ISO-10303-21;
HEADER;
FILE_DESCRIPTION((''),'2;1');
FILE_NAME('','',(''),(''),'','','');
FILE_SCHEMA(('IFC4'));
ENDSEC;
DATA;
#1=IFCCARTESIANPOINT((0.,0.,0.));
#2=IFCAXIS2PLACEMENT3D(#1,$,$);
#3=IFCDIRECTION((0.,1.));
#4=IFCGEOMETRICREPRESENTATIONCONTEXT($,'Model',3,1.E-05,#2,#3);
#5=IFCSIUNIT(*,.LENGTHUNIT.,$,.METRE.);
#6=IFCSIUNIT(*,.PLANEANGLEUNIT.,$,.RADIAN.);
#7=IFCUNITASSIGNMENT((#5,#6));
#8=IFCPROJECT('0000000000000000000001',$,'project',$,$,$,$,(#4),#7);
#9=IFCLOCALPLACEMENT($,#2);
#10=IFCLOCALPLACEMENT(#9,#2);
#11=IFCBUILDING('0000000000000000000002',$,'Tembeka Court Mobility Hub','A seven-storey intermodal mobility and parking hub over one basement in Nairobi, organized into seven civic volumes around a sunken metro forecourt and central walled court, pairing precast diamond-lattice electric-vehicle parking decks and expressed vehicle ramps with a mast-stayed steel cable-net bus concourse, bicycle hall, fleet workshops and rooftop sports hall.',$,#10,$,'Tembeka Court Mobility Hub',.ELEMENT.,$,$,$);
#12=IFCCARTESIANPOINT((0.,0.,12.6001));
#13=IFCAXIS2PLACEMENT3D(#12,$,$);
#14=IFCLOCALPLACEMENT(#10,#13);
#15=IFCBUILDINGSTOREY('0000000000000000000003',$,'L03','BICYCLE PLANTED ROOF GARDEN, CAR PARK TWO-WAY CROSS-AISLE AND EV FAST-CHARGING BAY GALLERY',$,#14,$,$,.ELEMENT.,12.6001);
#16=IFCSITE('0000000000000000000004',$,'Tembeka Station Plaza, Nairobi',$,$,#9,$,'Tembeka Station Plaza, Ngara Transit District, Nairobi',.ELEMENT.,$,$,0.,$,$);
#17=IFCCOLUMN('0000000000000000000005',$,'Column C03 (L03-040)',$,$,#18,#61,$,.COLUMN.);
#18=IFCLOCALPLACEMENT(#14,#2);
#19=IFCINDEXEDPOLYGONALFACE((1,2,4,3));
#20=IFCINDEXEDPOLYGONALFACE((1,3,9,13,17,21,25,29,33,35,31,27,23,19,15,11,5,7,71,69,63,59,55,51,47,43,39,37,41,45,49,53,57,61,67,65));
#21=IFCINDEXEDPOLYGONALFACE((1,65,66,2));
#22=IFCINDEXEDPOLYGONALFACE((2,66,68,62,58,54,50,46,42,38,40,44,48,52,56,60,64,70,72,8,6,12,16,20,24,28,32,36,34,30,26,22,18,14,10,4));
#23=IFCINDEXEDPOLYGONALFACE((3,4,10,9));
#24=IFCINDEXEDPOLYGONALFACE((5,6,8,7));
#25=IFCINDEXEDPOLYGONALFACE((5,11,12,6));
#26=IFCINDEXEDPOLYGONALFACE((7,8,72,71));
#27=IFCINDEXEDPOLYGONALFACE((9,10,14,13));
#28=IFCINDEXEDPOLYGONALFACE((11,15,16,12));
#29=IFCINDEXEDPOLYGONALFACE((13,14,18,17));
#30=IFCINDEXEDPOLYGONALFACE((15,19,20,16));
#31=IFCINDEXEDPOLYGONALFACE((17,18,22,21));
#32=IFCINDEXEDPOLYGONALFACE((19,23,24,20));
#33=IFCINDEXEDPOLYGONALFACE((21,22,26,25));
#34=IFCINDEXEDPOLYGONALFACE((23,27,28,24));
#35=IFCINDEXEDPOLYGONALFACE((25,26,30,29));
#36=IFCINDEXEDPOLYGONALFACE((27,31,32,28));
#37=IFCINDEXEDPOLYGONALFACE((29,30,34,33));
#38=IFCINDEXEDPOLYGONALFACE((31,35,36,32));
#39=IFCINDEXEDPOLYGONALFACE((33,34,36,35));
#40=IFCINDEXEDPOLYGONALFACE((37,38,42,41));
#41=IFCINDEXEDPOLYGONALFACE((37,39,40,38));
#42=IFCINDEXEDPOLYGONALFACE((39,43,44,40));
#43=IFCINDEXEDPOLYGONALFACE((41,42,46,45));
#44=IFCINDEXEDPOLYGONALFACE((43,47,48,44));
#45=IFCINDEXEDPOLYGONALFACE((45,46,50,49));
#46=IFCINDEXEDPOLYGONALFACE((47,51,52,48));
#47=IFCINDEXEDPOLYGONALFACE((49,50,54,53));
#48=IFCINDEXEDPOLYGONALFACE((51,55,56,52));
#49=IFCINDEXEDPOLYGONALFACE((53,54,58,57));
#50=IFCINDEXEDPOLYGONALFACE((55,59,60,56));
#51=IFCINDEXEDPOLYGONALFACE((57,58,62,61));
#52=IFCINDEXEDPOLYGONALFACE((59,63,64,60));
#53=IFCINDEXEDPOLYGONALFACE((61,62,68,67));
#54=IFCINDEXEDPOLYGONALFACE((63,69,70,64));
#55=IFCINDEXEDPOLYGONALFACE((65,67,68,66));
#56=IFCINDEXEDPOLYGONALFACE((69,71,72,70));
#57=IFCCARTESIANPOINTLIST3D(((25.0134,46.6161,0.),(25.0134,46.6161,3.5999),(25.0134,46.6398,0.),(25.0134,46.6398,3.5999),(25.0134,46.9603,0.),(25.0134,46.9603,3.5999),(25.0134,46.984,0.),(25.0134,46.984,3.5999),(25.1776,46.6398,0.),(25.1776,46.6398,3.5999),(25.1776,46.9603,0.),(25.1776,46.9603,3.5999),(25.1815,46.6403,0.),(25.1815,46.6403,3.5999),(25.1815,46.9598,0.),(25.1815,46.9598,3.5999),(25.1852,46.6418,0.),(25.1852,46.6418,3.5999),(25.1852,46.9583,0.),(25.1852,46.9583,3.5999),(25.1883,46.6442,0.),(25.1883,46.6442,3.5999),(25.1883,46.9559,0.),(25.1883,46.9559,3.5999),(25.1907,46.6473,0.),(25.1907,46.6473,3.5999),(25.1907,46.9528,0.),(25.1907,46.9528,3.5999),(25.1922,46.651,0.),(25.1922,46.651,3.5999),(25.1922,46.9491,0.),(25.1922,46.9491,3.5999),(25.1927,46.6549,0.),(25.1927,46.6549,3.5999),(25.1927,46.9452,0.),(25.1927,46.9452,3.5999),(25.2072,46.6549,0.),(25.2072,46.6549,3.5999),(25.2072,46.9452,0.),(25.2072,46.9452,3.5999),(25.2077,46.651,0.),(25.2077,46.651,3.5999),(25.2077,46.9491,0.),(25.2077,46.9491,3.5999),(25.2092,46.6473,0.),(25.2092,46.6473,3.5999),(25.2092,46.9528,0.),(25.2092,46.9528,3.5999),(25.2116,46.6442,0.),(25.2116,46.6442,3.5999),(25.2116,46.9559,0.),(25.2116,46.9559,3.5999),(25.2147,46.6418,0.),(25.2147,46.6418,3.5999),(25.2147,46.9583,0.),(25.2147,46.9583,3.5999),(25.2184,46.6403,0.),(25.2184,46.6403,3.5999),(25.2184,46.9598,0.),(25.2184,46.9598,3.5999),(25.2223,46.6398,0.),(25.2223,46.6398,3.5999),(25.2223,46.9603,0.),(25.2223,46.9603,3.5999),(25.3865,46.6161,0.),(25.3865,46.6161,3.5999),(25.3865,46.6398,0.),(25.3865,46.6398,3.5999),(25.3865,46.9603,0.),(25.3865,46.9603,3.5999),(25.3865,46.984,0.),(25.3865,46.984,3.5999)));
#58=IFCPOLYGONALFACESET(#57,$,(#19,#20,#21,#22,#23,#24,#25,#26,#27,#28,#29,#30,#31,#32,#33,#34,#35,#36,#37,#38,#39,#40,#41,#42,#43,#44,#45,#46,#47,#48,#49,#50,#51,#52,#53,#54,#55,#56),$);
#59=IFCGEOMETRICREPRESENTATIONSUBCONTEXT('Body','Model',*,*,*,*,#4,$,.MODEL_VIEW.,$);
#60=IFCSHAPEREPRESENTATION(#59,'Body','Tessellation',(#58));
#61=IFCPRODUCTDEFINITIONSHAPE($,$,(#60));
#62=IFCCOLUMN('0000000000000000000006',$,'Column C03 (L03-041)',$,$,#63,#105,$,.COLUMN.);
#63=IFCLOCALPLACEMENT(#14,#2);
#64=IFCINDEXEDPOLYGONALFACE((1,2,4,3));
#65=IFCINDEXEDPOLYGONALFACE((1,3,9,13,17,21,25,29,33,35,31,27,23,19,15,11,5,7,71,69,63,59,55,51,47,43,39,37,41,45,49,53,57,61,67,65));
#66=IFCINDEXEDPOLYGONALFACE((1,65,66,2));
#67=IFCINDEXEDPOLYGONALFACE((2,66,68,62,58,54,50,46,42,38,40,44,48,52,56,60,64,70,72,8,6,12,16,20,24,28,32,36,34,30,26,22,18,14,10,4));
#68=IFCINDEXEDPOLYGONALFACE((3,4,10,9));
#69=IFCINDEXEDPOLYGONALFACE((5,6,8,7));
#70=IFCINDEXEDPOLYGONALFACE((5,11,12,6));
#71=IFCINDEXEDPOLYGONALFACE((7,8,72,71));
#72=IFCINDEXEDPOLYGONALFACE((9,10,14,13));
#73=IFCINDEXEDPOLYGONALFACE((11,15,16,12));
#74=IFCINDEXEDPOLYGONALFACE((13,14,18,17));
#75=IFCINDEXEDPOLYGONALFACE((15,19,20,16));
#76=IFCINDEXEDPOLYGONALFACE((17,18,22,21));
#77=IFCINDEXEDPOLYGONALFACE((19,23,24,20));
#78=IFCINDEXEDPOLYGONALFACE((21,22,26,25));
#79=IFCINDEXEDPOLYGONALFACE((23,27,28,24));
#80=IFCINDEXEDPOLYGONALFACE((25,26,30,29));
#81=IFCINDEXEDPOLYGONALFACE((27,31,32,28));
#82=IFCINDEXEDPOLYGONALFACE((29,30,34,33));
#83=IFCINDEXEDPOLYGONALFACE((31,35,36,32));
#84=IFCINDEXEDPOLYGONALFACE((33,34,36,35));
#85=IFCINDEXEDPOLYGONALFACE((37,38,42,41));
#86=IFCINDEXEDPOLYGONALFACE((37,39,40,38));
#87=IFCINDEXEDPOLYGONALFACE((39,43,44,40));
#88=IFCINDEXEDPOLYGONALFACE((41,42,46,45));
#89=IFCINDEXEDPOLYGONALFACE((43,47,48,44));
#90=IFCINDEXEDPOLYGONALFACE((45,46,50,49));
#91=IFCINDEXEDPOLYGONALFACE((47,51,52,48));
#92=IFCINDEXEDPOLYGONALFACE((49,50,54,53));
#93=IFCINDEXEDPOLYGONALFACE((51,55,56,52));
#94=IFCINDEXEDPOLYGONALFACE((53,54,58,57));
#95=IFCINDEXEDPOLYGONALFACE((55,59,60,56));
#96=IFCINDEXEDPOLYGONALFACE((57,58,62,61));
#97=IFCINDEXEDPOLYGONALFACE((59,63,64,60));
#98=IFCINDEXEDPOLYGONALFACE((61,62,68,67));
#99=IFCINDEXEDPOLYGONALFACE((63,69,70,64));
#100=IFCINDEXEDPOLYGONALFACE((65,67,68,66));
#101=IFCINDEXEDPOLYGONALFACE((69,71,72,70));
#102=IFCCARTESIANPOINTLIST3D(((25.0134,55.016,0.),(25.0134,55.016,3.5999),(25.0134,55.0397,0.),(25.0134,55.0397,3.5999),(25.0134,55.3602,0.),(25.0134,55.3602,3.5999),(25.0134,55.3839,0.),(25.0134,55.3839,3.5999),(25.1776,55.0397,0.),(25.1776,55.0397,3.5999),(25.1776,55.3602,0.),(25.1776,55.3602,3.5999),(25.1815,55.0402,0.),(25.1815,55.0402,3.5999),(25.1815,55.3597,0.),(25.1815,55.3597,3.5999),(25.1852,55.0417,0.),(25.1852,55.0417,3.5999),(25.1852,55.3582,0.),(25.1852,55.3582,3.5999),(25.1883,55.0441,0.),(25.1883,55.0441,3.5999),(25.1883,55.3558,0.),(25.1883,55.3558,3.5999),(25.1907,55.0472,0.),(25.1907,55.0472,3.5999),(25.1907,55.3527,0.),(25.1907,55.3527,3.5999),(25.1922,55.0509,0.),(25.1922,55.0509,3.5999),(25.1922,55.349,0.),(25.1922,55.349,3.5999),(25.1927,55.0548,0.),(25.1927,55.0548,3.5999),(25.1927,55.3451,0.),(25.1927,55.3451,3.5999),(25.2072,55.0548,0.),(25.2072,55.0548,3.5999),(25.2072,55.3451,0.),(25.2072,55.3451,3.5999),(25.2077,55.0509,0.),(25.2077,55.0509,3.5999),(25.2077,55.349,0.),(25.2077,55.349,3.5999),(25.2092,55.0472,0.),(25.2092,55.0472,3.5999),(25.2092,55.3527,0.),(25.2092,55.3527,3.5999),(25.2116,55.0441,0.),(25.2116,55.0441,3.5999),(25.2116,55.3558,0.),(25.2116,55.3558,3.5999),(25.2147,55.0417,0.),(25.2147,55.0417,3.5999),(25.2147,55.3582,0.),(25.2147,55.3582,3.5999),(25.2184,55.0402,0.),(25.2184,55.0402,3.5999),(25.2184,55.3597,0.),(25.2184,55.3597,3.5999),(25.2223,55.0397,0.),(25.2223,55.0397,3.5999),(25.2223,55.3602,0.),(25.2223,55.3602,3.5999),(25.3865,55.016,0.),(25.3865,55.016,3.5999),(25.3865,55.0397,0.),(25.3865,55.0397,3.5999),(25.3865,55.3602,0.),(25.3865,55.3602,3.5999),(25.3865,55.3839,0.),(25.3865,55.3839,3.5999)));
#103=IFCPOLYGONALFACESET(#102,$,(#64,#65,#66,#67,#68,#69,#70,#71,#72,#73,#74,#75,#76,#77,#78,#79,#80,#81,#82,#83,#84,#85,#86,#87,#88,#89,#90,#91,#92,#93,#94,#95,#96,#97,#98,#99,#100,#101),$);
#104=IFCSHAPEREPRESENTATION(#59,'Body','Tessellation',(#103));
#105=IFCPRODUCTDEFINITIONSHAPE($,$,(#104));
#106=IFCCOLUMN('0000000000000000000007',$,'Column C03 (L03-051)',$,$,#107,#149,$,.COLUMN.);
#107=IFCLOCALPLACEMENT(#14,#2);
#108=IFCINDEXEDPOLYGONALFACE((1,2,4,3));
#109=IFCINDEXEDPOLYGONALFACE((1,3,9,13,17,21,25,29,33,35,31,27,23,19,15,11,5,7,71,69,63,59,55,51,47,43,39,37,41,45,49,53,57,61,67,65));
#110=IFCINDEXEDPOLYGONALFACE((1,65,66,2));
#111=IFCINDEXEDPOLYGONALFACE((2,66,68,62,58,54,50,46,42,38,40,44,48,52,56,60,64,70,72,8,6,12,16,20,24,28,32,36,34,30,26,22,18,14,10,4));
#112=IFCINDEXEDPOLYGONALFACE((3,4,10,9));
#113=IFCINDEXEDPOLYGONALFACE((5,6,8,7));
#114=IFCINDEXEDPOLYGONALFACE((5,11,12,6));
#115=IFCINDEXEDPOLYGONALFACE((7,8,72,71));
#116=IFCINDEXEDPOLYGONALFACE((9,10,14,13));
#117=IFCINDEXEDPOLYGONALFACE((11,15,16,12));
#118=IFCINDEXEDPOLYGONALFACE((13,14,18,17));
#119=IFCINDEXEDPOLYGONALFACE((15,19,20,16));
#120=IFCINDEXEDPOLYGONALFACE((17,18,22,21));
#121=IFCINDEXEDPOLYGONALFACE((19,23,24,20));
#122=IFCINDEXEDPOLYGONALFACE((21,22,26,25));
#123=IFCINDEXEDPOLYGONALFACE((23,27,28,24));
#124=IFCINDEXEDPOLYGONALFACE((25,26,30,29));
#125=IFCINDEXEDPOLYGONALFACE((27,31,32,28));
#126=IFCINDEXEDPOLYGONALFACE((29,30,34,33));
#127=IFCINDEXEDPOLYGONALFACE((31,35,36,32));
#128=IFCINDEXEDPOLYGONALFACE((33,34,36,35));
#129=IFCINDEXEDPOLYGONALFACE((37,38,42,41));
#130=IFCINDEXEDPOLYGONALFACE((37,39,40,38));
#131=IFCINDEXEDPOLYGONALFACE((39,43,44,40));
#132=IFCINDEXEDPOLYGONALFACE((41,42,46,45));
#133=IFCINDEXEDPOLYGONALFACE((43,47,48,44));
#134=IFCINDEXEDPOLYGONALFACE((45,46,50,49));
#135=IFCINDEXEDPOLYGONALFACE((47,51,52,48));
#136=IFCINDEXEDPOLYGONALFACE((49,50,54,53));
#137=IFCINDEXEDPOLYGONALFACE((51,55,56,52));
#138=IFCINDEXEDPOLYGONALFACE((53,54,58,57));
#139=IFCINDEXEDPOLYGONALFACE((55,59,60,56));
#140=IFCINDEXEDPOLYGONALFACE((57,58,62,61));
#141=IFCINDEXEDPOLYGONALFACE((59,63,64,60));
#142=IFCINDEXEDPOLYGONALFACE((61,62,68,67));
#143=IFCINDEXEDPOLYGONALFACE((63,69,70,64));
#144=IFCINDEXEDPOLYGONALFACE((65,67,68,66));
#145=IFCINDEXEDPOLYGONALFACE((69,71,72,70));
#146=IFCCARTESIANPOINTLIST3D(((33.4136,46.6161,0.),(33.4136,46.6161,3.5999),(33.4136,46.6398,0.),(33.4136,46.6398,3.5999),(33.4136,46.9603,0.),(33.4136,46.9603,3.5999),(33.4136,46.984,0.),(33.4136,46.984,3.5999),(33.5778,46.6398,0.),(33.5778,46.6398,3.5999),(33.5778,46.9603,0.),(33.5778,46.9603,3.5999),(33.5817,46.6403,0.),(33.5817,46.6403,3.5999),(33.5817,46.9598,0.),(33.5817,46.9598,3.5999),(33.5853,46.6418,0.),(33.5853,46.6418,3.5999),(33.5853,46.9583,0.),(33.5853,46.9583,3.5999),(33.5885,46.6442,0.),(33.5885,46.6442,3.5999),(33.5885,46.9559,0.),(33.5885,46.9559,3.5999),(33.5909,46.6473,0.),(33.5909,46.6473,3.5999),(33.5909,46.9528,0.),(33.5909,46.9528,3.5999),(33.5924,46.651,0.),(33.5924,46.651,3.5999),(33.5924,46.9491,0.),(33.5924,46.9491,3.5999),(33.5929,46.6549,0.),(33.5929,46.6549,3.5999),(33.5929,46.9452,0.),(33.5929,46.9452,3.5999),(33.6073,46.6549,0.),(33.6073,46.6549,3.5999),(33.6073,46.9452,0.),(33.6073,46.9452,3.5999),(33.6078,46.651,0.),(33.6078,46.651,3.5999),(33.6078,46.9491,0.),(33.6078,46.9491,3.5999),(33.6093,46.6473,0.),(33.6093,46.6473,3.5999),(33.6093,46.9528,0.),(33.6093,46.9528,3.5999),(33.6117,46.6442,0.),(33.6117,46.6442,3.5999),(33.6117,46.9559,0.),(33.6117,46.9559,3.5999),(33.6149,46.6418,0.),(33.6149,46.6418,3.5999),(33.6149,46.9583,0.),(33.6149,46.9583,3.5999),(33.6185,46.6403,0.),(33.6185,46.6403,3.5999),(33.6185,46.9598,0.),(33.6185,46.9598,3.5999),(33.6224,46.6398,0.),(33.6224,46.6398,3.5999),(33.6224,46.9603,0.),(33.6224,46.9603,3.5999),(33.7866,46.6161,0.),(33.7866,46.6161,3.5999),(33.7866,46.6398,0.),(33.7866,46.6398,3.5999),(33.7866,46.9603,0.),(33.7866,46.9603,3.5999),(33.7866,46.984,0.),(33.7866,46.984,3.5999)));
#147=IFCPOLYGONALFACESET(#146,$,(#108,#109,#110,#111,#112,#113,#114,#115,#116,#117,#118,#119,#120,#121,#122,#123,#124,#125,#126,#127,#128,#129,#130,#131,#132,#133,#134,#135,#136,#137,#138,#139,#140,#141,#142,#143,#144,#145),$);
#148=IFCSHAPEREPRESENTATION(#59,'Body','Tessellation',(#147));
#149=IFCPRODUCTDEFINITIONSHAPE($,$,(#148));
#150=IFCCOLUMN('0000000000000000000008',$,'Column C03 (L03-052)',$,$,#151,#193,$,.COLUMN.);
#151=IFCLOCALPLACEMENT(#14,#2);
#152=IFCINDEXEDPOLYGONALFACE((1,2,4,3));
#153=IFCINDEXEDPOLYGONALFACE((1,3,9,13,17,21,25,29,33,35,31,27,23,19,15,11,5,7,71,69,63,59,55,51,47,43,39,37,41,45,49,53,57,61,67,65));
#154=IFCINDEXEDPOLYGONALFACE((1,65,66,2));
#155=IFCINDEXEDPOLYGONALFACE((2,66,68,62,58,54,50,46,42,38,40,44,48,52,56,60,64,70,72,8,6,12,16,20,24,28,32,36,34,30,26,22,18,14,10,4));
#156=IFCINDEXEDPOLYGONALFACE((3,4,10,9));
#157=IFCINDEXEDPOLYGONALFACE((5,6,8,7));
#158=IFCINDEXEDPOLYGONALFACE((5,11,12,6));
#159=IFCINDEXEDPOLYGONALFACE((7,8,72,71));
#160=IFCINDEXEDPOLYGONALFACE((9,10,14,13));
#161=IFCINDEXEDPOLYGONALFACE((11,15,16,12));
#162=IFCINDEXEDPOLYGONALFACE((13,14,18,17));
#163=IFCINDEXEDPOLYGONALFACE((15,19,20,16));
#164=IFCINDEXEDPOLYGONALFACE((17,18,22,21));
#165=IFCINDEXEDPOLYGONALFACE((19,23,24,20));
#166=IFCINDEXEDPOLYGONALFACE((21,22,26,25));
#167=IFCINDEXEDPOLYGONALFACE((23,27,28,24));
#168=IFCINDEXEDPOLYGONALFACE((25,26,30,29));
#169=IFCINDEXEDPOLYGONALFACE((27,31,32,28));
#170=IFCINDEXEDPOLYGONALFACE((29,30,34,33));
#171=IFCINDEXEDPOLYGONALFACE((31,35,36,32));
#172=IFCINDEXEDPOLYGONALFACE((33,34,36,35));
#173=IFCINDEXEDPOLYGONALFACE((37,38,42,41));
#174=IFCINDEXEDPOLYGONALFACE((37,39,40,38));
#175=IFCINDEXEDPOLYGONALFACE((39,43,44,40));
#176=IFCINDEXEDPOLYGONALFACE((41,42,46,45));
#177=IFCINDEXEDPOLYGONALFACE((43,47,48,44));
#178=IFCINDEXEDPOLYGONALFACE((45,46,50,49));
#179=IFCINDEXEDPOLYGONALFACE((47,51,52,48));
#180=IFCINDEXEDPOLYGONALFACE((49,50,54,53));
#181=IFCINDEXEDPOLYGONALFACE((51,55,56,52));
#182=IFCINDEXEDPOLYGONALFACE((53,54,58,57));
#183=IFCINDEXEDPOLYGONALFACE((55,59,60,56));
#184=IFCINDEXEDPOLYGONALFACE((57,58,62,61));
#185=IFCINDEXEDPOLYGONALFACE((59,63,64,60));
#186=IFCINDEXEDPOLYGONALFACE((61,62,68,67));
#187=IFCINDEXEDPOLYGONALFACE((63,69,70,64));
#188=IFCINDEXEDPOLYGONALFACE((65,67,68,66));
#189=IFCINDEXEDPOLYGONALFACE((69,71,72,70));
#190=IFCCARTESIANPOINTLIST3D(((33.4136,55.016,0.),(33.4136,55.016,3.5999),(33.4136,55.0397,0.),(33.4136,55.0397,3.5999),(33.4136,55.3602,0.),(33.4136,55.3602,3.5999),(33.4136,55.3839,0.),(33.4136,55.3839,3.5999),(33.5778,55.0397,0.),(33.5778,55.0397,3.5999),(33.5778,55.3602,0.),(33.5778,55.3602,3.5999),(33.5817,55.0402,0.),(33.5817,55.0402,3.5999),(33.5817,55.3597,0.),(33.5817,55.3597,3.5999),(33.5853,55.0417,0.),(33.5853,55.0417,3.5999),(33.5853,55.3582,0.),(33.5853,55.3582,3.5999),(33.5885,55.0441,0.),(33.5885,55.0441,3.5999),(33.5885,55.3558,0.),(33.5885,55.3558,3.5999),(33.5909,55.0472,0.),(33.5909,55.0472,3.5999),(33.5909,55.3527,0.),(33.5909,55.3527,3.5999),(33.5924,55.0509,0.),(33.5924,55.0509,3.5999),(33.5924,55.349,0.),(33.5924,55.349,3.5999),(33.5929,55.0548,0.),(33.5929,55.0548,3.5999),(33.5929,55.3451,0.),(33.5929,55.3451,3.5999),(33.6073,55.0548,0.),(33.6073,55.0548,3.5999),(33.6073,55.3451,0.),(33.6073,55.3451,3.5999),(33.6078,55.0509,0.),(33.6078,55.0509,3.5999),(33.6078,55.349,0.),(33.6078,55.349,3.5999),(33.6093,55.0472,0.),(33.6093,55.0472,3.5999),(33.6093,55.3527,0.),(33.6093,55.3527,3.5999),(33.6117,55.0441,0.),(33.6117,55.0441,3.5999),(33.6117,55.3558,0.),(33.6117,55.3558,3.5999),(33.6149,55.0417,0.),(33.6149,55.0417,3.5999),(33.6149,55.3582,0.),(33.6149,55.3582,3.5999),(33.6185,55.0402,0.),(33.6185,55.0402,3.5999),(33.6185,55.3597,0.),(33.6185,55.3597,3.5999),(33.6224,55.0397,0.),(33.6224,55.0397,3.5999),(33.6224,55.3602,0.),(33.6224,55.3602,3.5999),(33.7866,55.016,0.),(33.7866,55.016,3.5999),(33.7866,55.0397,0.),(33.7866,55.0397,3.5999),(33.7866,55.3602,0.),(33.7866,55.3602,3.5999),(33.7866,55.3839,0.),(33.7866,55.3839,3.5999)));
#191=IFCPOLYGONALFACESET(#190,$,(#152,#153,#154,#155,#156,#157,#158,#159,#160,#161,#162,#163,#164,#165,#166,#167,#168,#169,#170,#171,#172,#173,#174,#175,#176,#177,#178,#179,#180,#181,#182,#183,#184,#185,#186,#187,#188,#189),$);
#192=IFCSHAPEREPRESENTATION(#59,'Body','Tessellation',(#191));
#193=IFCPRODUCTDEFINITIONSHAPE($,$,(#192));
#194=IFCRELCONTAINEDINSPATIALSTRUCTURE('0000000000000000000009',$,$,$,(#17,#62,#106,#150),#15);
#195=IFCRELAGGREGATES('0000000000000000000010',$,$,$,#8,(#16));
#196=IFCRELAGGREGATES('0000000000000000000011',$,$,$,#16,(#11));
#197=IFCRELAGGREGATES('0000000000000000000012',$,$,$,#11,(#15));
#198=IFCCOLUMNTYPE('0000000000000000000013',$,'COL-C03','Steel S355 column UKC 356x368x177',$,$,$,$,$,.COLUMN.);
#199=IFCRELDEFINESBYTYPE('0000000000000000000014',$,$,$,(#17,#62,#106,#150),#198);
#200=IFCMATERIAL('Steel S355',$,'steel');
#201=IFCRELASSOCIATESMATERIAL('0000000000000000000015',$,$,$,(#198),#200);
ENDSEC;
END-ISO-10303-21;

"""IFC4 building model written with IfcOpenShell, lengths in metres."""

from ifc_helpers import new_model, si_unit, direction, frame, origin, origin_2d, place, context, subcontext, project, spatial, i_section, extrude, material, material_profile, profile_set, type_object, element, save


model = new_model("IFC4")

# Units and contexts
model_context = context("Model", 3, precision=1e-05, world=origin(), true_north=direction((0.0, 1.0)))
body_context = subcontext(model_context, "Body", "Model", "MODEL_VIEW")
ifc_project = project(units=[si_unit("LENGTHUNIT", "METRE"), si_unit("PLANEANGLEUNIT", "RADIAN")], contexts=[model_context])

# Site, building, storey
site_placement = place(None, origin())
site = spatial("IfcSite", under=ifc_project, at=site_placement, Name="Tembeka Station Plaza, Nairobi", LongName="Tembeka Station Plaza, Ngara Transit District, Nairobi", CompositionType="ELEMENT", RefElevation=0.0)
building_placement = place(site_placement, origin())
building = spatial("IfcBuilding", under=site, at=building_placement, Name="Tembeka Court Mobility Hub", Description="A seven-storey intermodal mobility and parking hub over one basement in Nairobi, organized into seven civic volumes around a sunken metro forecourt and central walled court, pairing precast diamond-lattice electric-vehicle parking decks and expressed vehicle ramps with a mast-stayed steel cable-net bus concourse, bicycle hall, fleet workshops and rooftop sports hall.", LongName="Tembeka Court Mobility Hub", CompositionType="ELEMENT")
storey_placement = place(building_placement, frame((0.0, 0.0, 12.6001)))
storey = spatial("IfcBuildingStorey", under=building, at=storey_placement, Name="L03", Description="BICYCLE PLANTED ROOF GARDEN, CAR PARK TWO-WAY CROSS-AISLE AND EV FAST-CHARGING BAY GALLERY", CompositionType="ELEMENT", Elevation=12.6001)

# Columns
ifc_material_1 = material(Name="Steel S355", Category="steel")
ifc_material_profile_1 = material_profile(ifc_material_1, i_section(OverallWidth=0.373, OverallDepth=0.3679, WebThickness=0.0144, FlangeThickness=0.0237, FilletRadius=0.0151, at=origin_2d()), Name="UKC 356x368x177")
ifc_profile_set_1 = profile_set([ifc_material_profile_1], Name="Steel S355")
column_type = type_object("IfcColumnType", Name="COL-C03", Description="Steel S355 column UKC 356x368x177", PredefinedType="COLUMN", material=ifc_profile_set_1)
for number, where, z_axis, x_axis, name in (
    (1, (25.2, 46.8, 0.0), (0.0, 0.0, 1.0), (1.0, 0.0, 0.0), "Column C03 (L03-040)"),
    (2, (25.2, 55.2, 0.0), (0.0, 0.0, 1.0), (1.0, 0.0, 0.0), "Column C03 (L03-041)"),
    (3, (33.6001, 46.8, 0.0), (0.0, 0.0, 1.0), (1.0, 0.0, 0.0), "Column C03 (L03-051)"),
    (4, (33.6001, 55.2, 0.0), (0.0, 0.0, 1.0), (1.0, 0.0, 0.0), "Column C03 (L03-052)"),
):
    element("IfcColumn", number, at=place(storey_placement, frame(where, z_axis=z_axis, x_axis=x_axis)), inside=storey, type_object=column_type, Name=name, PredefinedType="COLUMN", context=body_context, shape_type="SweptSolid", body=[
        extrude(i_section(OverallWidth=0.373, OverallDepth=0.3679, WebThickness=0.0144, FlangeThickness=0.0237, FilletRadius=0.0151, at=origin_2d()), origin(), (0.0, 0.0, 1.0), 3.5999),
    ])

save(model, "model.ifc")
